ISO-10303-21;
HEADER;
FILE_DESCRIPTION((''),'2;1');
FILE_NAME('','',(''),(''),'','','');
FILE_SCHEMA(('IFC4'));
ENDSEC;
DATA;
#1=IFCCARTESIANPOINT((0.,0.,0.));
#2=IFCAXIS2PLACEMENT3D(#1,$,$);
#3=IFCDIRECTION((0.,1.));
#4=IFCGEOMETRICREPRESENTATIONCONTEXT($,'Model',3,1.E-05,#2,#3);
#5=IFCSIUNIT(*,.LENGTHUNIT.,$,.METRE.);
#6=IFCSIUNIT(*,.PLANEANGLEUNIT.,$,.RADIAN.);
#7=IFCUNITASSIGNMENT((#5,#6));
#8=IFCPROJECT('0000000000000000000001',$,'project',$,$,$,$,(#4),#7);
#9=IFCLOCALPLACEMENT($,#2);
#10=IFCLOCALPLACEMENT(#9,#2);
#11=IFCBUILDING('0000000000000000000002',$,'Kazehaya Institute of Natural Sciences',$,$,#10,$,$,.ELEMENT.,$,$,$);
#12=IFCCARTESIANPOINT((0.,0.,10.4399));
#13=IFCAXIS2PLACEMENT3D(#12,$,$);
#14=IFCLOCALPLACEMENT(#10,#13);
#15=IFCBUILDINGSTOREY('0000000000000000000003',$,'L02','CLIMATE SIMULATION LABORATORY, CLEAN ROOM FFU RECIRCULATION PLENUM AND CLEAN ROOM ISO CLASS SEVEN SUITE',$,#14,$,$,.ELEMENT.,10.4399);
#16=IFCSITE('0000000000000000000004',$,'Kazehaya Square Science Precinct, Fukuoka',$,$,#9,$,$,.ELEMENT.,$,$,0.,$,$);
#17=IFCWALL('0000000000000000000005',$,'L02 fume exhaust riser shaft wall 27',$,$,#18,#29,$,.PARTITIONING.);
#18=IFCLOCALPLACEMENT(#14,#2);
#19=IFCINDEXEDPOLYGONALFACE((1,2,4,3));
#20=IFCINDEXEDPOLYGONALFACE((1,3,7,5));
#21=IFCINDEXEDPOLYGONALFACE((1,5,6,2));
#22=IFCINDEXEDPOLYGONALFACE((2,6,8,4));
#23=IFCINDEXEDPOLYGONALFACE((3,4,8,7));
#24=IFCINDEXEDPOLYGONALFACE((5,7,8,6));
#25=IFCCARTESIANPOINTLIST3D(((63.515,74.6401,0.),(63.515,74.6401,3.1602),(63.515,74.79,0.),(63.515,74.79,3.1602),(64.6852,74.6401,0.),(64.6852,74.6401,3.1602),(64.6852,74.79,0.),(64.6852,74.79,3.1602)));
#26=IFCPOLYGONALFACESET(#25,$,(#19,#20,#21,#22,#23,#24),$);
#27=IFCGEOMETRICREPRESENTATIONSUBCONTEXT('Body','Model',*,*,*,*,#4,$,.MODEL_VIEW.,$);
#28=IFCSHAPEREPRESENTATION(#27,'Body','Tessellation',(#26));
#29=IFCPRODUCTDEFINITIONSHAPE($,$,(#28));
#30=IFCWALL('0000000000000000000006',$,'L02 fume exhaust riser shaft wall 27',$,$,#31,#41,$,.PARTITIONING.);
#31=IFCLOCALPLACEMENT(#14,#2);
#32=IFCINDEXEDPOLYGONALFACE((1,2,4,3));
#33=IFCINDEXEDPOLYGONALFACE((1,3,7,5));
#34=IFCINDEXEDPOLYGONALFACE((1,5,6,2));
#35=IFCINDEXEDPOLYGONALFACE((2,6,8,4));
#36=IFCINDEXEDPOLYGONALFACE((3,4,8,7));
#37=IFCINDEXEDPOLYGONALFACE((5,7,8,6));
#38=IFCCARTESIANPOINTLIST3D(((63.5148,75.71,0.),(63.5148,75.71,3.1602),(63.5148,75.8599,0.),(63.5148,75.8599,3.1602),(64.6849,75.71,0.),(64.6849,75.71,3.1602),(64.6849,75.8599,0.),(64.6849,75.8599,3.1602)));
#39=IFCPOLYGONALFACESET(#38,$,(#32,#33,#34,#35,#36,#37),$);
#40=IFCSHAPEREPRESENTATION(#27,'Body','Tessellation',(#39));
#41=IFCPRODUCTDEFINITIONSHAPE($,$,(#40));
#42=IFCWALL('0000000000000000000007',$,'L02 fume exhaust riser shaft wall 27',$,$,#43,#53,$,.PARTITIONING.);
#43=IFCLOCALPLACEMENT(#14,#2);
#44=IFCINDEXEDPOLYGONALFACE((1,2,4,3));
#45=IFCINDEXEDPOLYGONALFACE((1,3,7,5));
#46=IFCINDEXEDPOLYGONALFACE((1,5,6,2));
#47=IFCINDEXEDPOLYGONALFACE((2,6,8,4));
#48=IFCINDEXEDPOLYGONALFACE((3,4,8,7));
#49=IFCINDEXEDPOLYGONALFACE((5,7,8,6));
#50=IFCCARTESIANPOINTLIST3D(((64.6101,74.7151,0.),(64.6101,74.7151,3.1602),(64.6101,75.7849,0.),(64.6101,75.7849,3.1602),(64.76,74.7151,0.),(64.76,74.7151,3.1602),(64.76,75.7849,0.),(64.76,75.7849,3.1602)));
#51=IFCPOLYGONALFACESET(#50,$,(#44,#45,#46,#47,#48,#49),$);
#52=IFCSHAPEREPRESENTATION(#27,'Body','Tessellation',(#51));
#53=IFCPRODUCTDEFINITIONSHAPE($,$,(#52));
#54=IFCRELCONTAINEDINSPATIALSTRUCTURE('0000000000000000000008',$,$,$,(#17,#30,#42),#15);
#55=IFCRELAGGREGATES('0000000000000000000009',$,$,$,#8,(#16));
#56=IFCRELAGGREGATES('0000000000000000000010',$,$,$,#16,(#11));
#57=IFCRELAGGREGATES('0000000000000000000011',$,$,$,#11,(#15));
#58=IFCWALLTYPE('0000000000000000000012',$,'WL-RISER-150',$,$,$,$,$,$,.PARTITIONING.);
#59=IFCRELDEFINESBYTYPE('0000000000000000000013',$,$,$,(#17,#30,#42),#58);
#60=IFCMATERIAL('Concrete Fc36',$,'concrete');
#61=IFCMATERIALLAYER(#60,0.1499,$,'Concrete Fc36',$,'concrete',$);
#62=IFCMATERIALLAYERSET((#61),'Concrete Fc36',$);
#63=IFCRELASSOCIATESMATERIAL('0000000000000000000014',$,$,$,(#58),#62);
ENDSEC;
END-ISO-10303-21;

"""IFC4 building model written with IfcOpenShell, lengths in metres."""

from ifc_helpers import new_model, si_unit, direction, frame, frame_2d, origin, place, context, subcontext, project, spatial, rectangle, extrude, material, layer, layer_set, type_object, element, save


model = new_model("IFC4")

# Units and contexts
model_context = context("Model", 3, precision=1e-05, world=origin(), true_north=direction((0.0, 1.0)))
body_context = subcontext(model_context, "Body", "Model", "MODEL_VIEW")
ifc_project = project(units=[si_unit("LENGTHUNIT", "METRE"), si_unit("PLANEANGLEUNIT", "RADIAN")], contexts=[model_context])

# Site, building, storey
site_placement = place(None, origin())
site = spatial("IfcSite", under=ifc_project, at=site_placement, Name="Kazehaya Square Science Precinct, Fukuoka", CompositionType="ELEMENT", RefElevation=0.0)
building_placement = place(site_placement, origin())
building = spatial("IfcBuilding", under=site, at=building_placement, Name="Kazehaya Institute of Natural Sciences", CompositionType="ELEMENT")
storey_placement = place(building_placement, frame((0.0, 0.0, 10.4399)))
storey = spatial("IfcBuildingStorey", under=building, at=storey_placement, Name="L02", Description="CLIMATE SIMULATION LABORATORY, CLEAN ROOM FFU RECIRCULATION PLENUM AND CLEAN ROOM ISO CLASS SEVEN SUITE", CompositionType="ELEMENT", Elevation=10.4399)

# Shared definitions
ifc_material_1 = material(Name="Concrete Fc36", Category="concrete")

# Walls
ifc_layer_1 = layer(ifc_material_1, 0.1499, Name="Concrete Fc36", Category="concrete")
ifc_layer_set_1 = layer_set([ifc_layer_1], Name="Concrete Fc36")
wall_type_1 = type_object("IfcWallType", Name="WL-RISER-150", PredefinedType="PARTITIONING", material=ifc_layer_set_1)
for number, where, z_axis, x_axis, name in (
    (1, (64.6851, 74.7151, 0.0), (0.0, 0.0, 1.0), (-1.0, 0.0, 0.0), "L02 fume exhaust riser shaft wall 27"),
    (2, (63.5149, 75.7849, 0.0), (0.0, 0.0, 1.0), (1.0, 0.0, 0.0), "L02 fume exhaust riser shaft wall 27"),
):
    element("IfcWall", number, at=place(storey_placement, frame(where, z_axis=z_axis, x_axis=x_axis)), inside=storey, type_object=wall_type_1, Name=name, PredefinedType="PARTITIONING", context=body_context, shape_type="SweptSolid", body=[
        extrude(rectangle(XDim=1.1702, YDim=0.1499, at=frame_2d((0.585, 0.0))), origin(), (0.0, 0.0, 1.0), 3.1602),
    ])
wall_1_placement = place(storey_placement, frame((64.6851, 75.7849, 0.0), z_axis=(0.0, 0.0, 1.0), x_axis=(0.0, -1.0, 0.0)))
element("IfcWall", 3, at=wall_1_placement, inside=storey, type_object=wall_type_1, Name="L02 fume exhaust riser shaft wall 27", PredefinedType="PARTITIONING", context=body_context, shape_type="SweptSolid", body=[
    extrude(rectangle(XDim=1.0698, YDim=0.1499, at=frame_2d((0.5349, 0.0))), origin(), (0.0, 0.0, 1.0), 3.1602),
])

save(model, "model.ifc")
